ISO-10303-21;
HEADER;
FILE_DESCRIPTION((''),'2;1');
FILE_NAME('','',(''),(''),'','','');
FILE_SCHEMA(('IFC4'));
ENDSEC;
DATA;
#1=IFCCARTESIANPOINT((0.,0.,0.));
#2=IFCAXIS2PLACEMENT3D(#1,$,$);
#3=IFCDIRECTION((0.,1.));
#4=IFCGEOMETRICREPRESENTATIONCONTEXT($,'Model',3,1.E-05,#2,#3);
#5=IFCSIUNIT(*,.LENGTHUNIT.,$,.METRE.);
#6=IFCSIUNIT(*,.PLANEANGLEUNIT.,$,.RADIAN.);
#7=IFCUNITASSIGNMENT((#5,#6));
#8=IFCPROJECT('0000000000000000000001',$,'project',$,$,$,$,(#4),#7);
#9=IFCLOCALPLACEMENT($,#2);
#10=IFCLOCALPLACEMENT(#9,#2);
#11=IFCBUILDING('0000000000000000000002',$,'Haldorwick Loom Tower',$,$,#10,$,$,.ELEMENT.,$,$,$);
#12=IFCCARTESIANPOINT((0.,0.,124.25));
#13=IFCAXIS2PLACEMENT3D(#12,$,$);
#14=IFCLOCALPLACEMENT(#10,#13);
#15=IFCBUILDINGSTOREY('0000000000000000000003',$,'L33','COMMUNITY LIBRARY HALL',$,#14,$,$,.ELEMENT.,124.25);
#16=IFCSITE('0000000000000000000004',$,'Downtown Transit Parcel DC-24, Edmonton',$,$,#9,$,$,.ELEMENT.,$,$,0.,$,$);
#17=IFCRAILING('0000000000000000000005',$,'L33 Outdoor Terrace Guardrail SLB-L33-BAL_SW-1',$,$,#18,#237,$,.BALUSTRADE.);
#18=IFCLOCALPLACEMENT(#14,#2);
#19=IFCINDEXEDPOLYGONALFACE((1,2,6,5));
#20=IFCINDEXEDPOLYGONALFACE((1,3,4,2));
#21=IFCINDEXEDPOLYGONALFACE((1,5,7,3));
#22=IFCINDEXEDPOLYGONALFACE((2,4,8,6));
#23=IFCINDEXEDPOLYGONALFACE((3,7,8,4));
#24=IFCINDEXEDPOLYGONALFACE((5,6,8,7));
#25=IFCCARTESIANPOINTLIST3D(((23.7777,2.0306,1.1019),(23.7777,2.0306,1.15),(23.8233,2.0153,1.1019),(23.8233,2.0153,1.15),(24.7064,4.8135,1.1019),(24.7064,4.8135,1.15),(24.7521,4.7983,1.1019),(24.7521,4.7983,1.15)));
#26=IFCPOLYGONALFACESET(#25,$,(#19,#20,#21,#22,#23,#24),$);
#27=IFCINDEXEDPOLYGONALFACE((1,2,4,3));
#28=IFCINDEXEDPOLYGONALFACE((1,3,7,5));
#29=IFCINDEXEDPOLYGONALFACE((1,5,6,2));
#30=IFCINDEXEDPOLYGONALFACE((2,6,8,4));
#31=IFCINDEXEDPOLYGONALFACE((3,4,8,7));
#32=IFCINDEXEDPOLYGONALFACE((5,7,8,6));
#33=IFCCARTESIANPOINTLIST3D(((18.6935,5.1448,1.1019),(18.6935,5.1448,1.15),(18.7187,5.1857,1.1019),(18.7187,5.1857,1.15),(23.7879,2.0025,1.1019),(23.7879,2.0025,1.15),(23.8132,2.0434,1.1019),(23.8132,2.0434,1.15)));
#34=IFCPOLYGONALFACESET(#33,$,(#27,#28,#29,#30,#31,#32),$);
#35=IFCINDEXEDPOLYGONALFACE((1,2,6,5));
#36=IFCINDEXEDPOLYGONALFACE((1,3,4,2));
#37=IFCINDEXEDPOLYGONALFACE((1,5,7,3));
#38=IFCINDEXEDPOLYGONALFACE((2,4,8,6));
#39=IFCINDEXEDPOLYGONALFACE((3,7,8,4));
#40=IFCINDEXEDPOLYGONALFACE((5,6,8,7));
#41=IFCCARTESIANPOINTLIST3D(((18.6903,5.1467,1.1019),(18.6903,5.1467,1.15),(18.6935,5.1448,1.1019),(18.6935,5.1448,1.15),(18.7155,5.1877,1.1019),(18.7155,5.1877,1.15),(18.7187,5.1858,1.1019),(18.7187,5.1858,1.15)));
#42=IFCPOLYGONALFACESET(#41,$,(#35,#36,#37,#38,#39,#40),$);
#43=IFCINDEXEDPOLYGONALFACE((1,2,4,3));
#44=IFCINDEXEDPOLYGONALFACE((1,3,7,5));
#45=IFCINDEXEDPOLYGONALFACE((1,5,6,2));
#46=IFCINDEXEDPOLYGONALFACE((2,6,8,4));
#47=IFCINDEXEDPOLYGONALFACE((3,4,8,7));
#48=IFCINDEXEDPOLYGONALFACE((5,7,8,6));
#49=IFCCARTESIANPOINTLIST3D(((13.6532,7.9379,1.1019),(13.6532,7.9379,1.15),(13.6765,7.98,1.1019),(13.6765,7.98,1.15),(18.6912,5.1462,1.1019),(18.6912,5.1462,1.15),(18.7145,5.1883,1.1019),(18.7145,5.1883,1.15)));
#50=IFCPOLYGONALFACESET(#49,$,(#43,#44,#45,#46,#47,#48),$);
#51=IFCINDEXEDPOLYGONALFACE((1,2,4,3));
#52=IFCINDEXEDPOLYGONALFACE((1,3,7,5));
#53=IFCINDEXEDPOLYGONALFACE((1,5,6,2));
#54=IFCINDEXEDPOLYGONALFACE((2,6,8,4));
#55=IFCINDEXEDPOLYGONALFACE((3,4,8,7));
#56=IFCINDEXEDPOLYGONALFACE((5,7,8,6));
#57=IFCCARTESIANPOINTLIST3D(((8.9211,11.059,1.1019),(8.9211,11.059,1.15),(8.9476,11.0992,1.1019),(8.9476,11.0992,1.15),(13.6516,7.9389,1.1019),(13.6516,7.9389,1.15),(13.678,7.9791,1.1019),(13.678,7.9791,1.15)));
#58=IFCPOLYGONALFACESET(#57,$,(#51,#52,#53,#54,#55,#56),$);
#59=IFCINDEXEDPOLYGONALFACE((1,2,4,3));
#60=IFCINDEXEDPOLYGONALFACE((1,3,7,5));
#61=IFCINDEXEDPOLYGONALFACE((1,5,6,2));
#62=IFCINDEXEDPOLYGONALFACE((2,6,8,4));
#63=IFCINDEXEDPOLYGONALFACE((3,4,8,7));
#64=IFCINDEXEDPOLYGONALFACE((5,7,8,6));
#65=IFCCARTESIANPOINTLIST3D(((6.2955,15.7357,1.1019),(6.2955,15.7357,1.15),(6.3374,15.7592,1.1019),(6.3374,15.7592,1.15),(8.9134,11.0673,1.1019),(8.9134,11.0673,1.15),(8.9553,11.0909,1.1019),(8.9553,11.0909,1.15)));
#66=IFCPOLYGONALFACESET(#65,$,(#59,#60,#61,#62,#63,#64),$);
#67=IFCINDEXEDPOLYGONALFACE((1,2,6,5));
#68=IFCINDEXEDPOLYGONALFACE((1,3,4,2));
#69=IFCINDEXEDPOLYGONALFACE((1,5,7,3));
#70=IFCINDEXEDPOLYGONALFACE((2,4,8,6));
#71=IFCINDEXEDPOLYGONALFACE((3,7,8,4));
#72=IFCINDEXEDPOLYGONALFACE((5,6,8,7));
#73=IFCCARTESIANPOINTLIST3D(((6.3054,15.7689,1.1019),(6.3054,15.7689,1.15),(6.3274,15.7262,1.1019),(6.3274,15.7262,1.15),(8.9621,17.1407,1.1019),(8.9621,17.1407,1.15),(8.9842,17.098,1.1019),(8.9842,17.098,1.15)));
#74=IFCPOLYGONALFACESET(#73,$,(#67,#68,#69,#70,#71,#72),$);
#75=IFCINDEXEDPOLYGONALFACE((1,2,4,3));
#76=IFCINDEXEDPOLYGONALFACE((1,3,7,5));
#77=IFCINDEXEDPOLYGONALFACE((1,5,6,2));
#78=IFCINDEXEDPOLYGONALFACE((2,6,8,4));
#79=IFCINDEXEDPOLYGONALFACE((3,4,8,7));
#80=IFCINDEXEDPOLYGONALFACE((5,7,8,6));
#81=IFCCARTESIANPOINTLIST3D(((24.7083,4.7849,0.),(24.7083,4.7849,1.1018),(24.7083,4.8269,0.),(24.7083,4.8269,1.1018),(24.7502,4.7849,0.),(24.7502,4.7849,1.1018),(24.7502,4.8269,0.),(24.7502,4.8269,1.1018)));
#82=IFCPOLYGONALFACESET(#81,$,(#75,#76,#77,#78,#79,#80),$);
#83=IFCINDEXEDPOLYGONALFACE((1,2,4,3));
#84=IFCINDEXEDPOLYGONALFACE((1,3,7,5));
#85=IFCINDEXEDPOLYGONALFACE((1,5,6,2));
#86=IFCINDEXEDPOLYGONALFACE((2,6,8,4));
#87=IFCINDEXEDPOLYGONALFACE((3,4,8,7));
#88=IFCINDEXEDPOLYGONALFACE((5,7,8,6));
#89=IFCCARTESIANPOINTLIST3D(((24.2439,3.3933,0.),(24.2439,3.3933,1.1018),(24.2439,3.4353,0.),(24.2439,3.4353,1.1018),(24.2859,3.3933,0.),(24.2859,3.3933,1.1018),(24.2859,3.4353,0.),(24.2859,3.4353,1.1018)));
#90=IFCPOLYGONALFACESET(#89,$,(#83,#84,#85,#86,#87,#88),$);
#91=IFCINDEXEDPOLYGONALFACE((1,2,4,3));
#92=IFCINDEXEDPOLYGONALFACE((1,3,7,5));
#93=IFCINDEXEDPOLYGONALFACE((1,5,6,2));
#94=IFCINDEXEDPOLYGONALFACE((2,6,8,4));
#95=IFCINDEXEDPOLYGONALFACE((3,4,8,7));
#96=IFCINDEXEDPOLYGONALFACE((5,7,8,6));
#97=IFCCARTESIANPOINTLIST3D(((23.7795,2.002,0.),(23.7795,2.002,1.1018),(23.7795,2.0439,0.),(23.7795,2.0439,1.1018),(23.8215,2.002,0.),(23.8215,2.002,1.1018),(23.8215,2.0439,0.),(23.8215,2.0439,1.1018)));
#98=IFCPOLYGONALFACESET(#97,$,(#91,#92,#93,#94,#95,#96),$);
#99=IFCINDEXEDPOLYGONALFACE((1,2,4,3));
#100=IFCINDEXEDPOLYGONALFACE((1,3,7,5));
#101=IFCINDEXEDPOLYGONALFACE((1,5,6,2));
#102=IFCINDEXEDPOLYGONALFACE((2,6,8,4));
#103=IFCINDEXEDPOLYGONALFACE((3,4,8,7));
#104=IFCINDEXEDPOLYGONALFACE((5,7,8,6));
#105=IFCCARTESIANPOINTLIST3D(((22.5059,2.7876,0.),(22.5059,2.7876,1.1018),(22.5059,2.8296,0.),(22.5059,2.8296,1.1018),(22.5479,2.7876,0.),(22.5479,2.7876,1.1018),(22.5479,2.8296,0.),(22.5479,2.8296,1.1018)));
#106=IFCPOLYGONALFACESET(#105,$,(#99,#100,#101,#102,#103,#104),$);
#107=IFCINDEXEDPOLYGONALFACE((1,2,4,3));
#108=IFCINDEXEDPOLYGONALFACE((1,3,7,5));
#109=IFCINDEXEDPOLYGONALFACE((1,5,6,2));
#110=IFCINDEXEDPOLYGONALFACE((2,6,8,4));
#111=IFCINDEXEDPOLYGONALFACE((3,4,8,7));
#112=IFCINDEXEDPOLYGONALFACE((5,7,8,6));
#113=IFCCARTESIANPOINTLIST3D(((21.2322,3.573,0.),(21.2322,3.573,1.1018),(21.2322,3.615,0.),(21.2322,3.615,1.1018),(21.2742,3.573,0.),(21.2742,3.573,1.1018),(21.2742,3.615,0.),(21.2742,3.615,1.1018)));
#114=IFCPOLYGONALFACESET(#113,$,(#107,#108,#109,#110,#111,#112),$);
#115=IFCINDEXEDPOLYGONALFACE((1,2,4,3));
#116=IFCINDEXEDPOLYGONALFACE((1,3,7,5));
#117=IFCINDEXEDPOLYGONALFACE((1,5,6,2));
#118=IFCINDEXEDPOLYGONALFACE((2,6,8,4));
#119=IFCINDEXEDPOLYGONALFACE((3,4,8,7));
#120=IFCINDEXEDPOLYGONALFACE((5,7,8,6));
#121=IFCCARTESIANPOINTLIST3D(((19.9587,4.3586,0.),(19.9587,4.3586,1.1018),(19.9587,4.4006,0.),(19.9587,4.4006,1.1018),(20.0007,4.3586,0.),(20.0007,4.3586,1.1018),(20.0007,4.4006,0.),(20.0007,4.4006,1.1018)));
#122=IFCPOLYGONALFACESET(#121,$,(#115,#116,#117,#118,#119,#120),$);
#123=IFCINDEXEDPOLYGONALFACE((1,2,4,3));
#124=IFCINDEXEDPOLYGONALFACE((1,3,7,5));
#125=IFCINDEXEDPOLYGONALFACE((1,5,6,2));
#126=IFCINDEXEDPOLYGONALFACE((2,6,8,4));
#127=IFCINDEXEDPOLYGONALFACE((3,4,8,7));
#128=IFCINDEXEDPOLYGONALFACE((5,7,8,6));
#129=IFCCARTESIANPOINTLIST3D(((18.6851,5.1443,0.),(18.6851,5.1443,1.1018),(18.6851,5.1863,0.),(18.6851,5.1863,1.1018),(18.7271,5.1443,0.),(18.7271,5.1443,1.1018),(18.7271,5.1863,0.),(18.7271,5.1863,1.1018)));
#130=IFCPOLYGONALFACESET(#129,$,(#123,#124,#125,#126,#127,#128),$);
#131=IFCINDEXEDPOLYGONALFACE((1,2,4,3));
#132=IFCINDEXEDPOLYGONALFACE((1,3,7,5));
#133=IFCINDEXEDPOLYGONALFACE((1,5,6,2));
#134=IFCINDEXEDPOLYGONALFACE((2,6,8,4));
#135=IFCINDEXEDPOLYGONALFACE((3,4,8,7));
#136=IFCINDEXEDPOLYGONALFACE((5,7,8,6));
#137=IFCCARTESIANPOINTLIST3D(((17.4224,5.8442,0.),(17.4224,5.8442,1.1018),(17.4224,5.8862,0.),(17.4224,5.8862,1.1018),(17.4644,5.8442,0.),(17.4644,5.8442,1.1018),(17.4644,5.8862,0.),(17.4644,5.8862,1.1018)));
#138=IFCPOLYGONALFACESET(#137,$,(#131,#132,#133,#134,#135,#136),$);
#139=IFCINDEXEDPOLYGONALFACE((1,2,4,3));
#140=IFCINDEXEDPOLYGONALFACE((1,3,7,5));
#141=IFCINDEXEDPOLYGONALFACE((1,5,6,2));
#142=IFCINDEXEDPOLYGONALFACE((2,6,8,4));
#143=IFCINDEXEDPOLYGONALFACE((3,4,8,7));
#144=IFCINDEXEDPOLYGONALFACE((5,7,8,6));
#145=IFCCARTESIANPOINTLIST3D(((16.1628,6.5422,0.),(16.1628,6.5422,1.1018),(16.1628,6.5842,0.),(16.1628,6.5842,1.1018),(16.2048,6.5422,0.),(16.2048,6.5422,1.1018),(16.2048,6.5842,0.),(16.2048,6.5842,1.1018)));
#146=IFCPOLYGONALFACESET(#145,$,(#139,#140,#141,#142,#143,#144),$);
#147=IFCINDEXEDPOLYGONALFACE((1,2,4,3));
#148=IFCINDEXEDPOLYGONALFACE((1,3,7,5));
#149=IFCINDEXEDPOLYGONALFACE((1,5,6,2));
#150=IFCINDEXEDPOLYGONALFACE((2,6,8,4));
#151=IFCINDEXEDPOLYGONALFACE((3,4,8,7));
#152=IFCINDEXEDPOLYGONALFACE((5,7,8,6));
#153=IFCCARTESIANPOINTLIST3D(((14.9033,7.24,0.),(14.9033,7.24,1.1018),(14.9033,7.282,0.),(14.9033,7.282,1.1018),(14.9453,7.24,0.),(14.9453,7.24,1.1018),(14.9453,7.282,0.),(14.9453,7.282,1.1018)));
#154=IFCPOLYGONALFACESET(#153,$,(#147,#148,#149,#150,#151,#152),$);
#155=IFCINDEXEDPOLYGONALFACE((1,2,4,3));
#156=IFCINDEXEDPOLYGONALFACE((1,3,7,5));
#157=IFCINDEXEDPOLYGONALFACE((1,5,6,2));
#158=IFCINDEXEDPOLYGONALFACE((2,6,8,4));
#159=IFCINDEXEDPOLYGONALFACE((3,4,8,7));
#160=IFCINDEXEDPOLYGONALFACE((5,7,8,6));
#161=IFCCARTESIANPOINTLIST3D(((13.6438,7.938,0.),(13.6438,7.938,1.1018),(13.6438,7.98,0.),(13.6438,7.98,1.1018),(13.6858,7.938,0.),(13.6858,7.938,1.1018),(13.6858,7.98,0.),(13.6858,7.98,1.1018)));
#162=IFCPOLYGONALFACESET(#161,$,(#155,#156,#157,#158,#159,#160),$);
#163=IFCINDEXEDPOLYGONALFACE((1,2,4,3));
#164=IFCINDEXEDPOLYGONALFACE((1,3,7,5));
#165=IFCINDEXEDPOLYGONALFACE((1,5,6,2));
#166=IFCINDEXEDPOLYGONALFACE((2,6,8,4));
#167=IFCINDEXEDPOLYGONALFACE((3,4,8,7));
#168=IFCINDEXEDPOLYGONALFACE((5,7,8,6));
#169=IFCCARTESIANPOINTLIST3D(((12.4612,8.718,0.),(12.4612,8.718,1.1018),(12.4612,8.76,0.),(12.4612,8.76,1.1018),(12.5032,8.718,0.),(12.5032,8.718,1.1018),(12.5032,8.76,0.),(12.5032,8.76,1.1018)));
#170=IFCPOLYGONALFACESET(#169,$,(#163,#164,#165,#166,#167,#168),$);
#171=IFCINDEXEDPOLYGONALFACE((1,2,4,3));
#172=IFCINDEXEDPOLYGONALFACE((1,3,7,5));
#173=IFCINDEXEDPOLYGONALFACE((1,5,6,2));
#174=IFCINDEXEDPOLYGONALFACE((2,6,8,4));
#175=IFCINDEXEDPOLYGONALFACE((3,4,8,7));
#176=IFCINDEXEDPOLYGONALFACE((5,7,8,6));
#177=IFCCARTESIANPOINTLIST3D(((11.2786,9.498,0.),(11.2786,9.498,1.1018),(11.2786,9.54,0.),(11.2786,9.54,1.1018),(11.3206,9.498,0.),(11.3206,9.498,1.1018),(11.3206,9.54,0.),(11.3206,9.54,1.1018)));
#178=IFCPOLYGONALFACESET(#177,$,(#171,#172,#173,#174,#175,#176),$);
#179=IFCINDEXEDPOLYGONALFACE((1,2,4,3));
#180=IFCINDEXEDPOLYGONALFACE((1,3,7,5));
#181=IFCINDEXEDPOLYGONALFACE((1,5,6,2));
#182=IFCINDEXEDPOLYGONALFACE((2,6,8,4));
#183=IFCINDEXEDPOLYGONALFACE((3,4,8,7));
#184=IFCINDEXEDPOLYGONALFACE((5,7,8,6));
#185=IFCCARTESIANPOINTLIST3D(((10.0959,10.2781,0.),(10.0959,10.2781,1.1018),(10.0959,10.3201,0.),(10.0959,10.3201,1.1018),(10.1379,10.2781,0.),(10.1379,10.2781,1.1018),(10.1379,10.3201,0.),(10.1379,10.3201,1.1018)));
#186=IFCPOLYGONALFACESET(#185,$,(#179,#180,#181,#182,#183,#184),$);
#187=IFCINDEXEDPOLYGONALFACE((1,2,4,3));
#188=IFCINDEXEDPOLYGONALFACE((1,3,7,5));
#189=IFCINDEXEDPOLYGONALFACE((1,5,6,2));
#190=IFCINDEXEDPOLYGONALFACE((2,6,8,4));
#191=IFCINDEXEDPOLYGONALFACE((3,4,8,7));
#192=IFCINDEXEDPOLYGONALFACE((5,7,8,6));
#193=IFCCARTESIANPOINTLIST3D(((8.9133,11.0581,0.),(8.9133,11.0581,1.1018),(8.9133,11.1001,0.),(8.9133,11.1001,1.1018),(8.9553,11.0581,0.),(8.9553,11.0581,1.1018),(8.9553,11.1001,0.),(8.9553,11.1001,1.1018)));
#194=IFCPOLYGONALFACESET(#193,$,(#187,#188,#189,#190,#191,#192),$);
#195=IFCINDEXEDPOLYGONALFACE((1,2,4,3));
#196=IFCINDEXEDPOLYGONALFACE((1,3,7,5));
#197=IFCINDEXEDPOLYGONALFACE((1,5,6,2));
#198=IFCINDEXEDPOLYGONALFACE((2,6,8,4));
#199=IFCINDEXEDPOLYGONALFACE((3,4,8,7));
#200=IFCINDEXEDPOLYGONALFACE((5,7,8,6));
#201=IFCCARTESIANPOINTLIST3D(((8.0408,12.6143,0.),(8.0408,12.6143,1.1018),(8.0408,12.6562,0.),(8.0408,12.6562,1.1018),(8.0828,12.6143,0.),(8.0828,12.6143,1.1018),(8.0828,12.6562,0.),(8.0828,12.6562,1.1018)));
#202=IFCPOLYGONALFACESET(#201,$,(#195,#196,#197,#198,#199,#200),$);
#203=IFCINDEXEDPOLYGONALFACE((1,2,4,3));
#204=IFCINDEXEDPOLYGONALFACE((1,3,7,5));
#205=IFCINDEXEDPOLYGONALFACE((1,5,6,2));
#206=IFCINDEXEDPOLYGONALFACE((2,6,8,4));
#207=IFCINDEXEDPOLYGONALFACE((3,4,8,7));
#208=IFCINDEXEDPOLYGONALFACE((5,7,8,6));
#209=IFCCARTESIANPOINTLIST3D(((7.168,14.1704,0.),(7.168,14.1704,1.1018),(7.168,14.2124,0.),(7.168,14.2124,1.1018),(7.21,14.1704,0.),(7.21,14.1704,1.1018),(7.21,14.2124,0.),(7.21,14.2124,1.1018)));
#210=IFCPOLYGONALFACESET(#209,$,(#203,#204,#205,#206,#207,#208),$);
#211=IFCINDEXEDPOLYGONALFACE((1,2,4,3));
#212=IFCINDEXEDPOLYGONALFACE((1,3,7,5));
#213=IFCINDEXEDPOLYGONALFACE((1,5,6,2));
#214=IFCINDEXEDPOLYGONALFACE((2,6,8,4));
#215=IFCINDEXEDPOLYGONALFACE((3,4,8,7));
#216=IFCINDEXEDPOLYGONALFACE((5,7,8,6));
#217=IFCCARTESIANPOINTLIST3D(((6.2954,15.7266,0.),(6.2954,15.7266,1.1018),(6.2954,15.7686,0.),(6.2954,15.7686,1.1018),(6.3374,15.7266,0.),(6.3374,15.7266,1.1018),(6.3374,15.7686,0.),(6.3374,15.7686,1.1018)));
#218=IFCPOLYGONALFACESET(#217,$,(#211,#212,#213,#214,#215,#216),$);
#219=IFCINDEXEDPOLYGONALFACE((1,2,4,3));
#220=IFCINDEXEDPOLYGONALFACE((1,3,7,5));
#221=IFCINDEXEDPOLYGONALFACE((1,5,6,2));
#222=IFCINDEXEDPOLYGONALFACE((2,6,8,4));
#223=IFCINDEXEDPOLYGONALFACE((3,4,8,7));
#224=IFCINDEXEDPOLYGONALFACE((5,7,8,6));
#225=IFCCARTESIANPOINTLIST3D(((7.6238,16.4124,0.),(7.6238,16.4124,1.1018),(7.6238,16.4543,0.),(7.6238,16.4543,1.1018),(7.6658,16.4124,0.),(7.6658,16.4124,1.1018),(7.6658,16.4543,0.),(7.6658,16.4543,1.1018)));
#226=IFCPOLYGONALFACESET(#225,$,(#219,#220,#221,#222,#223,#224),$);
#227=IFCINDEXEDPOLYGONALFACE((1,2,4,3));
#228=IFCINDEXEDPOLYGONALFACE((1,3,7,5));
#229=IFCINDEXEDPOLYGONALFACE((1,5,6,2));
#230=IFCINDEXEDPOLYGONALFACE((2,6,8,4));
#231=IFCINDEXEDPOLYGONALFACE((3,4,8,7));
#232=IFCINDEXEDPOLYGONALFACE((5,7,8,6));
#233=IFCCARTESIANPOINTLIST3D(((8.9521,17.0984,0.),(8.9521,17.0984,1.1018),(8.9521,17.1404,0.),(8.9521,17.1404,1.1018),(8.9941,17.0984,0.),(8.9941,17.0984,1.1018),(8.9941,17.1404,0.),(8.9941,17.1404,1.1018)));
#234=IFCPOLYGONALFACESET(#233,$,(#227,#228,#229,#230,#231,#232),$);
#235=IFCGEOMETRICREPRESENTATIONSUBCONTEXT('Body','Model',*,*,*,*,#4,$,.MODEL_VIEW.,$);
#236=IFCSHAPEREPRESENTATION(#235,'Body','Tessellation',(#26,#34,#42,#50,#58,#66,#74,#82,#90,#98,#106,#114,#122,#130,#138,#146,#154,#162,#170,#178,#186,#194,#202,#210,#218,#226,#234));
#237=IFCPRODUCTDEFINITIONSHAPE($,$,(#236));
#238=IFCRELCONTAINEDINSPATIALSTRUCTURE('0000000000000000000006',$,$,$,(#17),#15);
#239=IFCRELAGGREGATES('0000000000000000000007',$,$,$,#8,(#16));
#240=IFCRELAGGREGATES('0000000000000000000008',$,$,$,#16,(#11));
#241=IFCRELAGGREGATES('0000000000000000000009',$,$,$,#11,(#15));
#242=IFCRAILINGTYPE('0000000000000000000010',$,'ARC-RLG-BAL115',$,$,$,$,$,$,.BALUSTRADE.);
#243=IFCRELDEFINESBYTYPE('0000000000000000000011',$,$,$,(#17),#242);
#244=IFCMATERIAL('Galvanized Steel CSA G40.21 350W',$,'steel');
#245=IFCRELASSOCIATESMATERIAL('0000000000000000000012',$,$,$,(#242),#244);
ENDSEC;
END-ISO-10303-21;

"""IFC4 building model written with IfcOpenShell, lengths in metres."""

from ifc_helpers import new_model, si_unit, direction, frame, origin, origin_2d, place, context, subcontext, project, spatial, rectangle, extrude, material, type_object, element, save


model = new_model("IFC4")

# Units and contexts
model_context = context("Model", 3, precision=1e-05, world=origin(), true_north=direction((0.0, 1.0)))
body_context = subcontext(model_context, "Body", "Model", "MODEL_VIEW")
ifc_project = project(units=[si_unit("LENGTHUNIT", "METRE"), si_unit("PLANEANGLEUNIT", "RADIAN")], contexts=[model_context])

# Site, building, storey
site_placement = place(None, origin())
site = spatial("IfcSite", under=ifc_project, at=site_placement, Name="Downtown Transit Parcel DC-24, Edmonton", CompositionType="ELEMENT", RefElevation=0.0)
building_placement = place(site_placement, origin())
building = spatial("IfcBuilding", under=site, at=building_placement, Name="Haldorwick Loom Tower", CompositionType="ELEMENT")
storey_placement = place(building_placement, frame((0.0, 0.0, 124.25)))
storey = spatial("IfcBuildingStorey", under=building, at=storey_placement, Name="L33", Description="COMMUNITY LIBRARY HALL", CompositionType="ELEMENT", Elevation=124.25)

# Railing
ifc_material_1 = material(Name="Galvanized Steel CSA G40.21 350W", Category="steel")
railing_type = type_object("IfcRailingType", Name="ARC-RLG-BAL115", PredefinedType="BALUSTRADE", material=ifc_material_1)
railing_placement = place(storey_placement, frame((24.7292, 4.8059, 0.0)))
element("IfcRailing", 1, at=railing_placement, inside=storey, type_object=railing_type, Name="L33 Outdoor Terrace Guardrail SLB-L33-BAL_SW-1", PredefinedType="BALUSTRADE", context=body_context, shape_type="SweptSolid", body=[
    extrude(rectangle(XDim=0.0481, YDim=0.0481, at=origin_2d()), frame((0.0, 0.0, 1.126), z_axis=(-0.316552, -0.948575, 0.0), x_axis=(0.948575, -0.316552, 0.0)), (0.0, 0.0, 1.0), 2.9338),
    extrude(rectangle(XDim=0.0481, YDim=0.0481, at=origin_2d()), frame((-0.9287, -2.783, 1.126), z_axis=(-0.851116, 0.524978, 0.0), x_axis=(-0.524978, -0.851116, 0.0)), (0.0, 0.0, 1.0), 5.9856),
    extrude(rectangle(XDim=0.0481, YDim=0.0481, at=origin_2d()), frame((-6.0232, 0.3594, 1.126), z_axis=(-0.851658, 0.524097, 0.0), x_axis=(-0.524097, -0.851658, 0.0)), (0.0, 0.0, 1.0), 0.0037),
    extrude(rectangle(XDim=0.0481, YDim=0.0481, at=origin_2d()), frame((-6.0264, 0.3613, 1.126), z_axis=(-0.874687, 0.484689, 0.0), x_axis=(-0.484689, -0.874687, 0.0)), (0.0, 0.0, 1.0), 5.7598),
    extrude(rectangle(XDim=0.0481, YDim=0.0481, at=origin_2d()), frame((-11.0645, 3.1531, 1.126), z_axis=(-0.834771, 0.550597, 0.0), x_axis=(-0.550597, -0.834771, 0.0)), (0.0, 0.0, 1.0), 5.6667),
    extrude(rectangle(XDim=0.0481, YDim=0.0481, at=origin_2d()), frame((-15.7949, 6.2732, 1.126), z_axis=(-0.489113, 0.87222, 0.0), x_axis=(-0.87222, -0.489113, 0.0)), (0.0, 0.0, 1.0), 5.3523),
    extrude(rectangle(XDim=0.0481, YDim=0.0481, at=origin_2d()), frame((-18.4128, 10.9417, 1.126), z_axis=(0.888538, 0.458803, 0.0), x_axis=(-0.458803, 0.888538, 0.0)), (0.0, 0.0, 1.0), 2.99),
    extrude(rectangle(XDim=0.042, YDim=0.042, at=origin_2d()), origin(), (0.0, 0.0, 1.0), 1.1018),
    extrude(rectangle(XDim=0.042, YDim=0.042, at=origin_2d()), frame((-0.4644, -1.3916, 0.0)), (0.0, 0.0, 1.0), 1.1018),
    extrude(rectangle(XDim=0.042, YDim=0.042, at=origin_2d()), frame((-0.9287, -2.783, 0.0)), (0.0, 0.0, 1.0), 1.1018),
    extrude(rectangle(XDim=0.042, YDim=0.042, at=origin_2d()), frame((-2.2024, -1.9973, 0.0)), (0.0, 0.0, 1.0), 1.1018),
    extrude(rectangle(XDim=0.042, YDim=0.042, at=origin_2d()), frame((-3.4761, -1.2119, 0.0)), (0.0, 0.0, 1.0), 1.1018),
    extrude(rectangle(XDim=0.042, YDim=0.042, at=origin_2d()), frame((-4.7495, -0.4263, 0.0)), (0.0, 0.0, 1.0), 1.1018),
    extrude(rectangle(XDim=0.042, YDim=0.042, at=origin_2d()), frame((-6.0232, 0.3594, 0.0)), (0.0, 0.0, 1.0), 1.1018),
    extrude(rectangle(XDim=0.042, YDim=0.042, at=origin_2d()), frame((-7.2859, 1.0593, 0.0)), (0.0, 0.0, 1.0), 1.1018),
    extrude(rectangle(XDim=0.042, YDim=0.042, at=origin_2d()), frame((-8.5454, 1.7573, 0.0)), (0.0, 0.0, 1.0), 1.1018),
    extrude(rectangle(XDim=0.042, YDim=0.042, at=origin_2d()), frame((-9.8049, 2.4551, 0.0)), (0.0, 0.0, 1.0), 1.1018),
    extrude(rectangle(XDim=0.042, YDim=0.042, at=origin_2d()), frame((-11.0645, 3.1531, 0.0)), (0.0, 0.0, 1.0), 1.1018),
    extrude(rectangle(XDim=0.042, YDim=0.042, at=origin_2d()), frame((-12.2471, 3.9331, 0.0)), (0.0, 0.0, 1.0), 1.1018),
    extrude(rectangle(XDim=0.042, YDim=0.042, at=origin_2d()), frame((-13.4297, 4.7131, 0.0)), (0.0, 0.0, 1.0), 1.1018),
    extrude(rectangle(XDim=0.042, YDim=0.042, at=origin_2d()), frame((-14.6123, 5.4932, 0.0)), (0.0, 0.0, 1.0), 1.1018),
    extrude(rectangle(XDim=0.042, YDim=0.042, at=origin_2d()), frame((-15.7949, 6.2732, 0.0)), (0.0, 0.0, 1.0), 1.1018),
    extrude(rectangle(XDim=0.042, YDim=0.042, at=origin_2d()), frame((-16.6675, 7.8293, 0.0)), (0.0, 0.0, 1.0), 1.1018),
    extrude(rectangle(XDim=0.042, YDim=0.042, at=origin_2d()), frame((-17.5403, 9.3855, 0.0)), (0.0, 0.0, 1.0), 1.1018),
    extrude(rectangle(XDim=0.042, YDim=0.042, at=origin_2d()), frame((-18.4128, 10.9417, 0.0)), (0.0, 0.0, 1.0), 1.1018),
    extrude(rectangle(XDim=0.042, YDim=0.042, at=origin_2d()), frame((-17.0845, 11.6274, 0.0)), (0.0, 0.0, 1.0), 1.1018),
    extrude(rectangle(XDim=0.042, YDim=0.042, at=origin_2d()), frame((-15.7561, 12.3135, 0.0)), (0.0, 0.0, 1.0), 1.1018),
])

save(model, "model.ifc")
